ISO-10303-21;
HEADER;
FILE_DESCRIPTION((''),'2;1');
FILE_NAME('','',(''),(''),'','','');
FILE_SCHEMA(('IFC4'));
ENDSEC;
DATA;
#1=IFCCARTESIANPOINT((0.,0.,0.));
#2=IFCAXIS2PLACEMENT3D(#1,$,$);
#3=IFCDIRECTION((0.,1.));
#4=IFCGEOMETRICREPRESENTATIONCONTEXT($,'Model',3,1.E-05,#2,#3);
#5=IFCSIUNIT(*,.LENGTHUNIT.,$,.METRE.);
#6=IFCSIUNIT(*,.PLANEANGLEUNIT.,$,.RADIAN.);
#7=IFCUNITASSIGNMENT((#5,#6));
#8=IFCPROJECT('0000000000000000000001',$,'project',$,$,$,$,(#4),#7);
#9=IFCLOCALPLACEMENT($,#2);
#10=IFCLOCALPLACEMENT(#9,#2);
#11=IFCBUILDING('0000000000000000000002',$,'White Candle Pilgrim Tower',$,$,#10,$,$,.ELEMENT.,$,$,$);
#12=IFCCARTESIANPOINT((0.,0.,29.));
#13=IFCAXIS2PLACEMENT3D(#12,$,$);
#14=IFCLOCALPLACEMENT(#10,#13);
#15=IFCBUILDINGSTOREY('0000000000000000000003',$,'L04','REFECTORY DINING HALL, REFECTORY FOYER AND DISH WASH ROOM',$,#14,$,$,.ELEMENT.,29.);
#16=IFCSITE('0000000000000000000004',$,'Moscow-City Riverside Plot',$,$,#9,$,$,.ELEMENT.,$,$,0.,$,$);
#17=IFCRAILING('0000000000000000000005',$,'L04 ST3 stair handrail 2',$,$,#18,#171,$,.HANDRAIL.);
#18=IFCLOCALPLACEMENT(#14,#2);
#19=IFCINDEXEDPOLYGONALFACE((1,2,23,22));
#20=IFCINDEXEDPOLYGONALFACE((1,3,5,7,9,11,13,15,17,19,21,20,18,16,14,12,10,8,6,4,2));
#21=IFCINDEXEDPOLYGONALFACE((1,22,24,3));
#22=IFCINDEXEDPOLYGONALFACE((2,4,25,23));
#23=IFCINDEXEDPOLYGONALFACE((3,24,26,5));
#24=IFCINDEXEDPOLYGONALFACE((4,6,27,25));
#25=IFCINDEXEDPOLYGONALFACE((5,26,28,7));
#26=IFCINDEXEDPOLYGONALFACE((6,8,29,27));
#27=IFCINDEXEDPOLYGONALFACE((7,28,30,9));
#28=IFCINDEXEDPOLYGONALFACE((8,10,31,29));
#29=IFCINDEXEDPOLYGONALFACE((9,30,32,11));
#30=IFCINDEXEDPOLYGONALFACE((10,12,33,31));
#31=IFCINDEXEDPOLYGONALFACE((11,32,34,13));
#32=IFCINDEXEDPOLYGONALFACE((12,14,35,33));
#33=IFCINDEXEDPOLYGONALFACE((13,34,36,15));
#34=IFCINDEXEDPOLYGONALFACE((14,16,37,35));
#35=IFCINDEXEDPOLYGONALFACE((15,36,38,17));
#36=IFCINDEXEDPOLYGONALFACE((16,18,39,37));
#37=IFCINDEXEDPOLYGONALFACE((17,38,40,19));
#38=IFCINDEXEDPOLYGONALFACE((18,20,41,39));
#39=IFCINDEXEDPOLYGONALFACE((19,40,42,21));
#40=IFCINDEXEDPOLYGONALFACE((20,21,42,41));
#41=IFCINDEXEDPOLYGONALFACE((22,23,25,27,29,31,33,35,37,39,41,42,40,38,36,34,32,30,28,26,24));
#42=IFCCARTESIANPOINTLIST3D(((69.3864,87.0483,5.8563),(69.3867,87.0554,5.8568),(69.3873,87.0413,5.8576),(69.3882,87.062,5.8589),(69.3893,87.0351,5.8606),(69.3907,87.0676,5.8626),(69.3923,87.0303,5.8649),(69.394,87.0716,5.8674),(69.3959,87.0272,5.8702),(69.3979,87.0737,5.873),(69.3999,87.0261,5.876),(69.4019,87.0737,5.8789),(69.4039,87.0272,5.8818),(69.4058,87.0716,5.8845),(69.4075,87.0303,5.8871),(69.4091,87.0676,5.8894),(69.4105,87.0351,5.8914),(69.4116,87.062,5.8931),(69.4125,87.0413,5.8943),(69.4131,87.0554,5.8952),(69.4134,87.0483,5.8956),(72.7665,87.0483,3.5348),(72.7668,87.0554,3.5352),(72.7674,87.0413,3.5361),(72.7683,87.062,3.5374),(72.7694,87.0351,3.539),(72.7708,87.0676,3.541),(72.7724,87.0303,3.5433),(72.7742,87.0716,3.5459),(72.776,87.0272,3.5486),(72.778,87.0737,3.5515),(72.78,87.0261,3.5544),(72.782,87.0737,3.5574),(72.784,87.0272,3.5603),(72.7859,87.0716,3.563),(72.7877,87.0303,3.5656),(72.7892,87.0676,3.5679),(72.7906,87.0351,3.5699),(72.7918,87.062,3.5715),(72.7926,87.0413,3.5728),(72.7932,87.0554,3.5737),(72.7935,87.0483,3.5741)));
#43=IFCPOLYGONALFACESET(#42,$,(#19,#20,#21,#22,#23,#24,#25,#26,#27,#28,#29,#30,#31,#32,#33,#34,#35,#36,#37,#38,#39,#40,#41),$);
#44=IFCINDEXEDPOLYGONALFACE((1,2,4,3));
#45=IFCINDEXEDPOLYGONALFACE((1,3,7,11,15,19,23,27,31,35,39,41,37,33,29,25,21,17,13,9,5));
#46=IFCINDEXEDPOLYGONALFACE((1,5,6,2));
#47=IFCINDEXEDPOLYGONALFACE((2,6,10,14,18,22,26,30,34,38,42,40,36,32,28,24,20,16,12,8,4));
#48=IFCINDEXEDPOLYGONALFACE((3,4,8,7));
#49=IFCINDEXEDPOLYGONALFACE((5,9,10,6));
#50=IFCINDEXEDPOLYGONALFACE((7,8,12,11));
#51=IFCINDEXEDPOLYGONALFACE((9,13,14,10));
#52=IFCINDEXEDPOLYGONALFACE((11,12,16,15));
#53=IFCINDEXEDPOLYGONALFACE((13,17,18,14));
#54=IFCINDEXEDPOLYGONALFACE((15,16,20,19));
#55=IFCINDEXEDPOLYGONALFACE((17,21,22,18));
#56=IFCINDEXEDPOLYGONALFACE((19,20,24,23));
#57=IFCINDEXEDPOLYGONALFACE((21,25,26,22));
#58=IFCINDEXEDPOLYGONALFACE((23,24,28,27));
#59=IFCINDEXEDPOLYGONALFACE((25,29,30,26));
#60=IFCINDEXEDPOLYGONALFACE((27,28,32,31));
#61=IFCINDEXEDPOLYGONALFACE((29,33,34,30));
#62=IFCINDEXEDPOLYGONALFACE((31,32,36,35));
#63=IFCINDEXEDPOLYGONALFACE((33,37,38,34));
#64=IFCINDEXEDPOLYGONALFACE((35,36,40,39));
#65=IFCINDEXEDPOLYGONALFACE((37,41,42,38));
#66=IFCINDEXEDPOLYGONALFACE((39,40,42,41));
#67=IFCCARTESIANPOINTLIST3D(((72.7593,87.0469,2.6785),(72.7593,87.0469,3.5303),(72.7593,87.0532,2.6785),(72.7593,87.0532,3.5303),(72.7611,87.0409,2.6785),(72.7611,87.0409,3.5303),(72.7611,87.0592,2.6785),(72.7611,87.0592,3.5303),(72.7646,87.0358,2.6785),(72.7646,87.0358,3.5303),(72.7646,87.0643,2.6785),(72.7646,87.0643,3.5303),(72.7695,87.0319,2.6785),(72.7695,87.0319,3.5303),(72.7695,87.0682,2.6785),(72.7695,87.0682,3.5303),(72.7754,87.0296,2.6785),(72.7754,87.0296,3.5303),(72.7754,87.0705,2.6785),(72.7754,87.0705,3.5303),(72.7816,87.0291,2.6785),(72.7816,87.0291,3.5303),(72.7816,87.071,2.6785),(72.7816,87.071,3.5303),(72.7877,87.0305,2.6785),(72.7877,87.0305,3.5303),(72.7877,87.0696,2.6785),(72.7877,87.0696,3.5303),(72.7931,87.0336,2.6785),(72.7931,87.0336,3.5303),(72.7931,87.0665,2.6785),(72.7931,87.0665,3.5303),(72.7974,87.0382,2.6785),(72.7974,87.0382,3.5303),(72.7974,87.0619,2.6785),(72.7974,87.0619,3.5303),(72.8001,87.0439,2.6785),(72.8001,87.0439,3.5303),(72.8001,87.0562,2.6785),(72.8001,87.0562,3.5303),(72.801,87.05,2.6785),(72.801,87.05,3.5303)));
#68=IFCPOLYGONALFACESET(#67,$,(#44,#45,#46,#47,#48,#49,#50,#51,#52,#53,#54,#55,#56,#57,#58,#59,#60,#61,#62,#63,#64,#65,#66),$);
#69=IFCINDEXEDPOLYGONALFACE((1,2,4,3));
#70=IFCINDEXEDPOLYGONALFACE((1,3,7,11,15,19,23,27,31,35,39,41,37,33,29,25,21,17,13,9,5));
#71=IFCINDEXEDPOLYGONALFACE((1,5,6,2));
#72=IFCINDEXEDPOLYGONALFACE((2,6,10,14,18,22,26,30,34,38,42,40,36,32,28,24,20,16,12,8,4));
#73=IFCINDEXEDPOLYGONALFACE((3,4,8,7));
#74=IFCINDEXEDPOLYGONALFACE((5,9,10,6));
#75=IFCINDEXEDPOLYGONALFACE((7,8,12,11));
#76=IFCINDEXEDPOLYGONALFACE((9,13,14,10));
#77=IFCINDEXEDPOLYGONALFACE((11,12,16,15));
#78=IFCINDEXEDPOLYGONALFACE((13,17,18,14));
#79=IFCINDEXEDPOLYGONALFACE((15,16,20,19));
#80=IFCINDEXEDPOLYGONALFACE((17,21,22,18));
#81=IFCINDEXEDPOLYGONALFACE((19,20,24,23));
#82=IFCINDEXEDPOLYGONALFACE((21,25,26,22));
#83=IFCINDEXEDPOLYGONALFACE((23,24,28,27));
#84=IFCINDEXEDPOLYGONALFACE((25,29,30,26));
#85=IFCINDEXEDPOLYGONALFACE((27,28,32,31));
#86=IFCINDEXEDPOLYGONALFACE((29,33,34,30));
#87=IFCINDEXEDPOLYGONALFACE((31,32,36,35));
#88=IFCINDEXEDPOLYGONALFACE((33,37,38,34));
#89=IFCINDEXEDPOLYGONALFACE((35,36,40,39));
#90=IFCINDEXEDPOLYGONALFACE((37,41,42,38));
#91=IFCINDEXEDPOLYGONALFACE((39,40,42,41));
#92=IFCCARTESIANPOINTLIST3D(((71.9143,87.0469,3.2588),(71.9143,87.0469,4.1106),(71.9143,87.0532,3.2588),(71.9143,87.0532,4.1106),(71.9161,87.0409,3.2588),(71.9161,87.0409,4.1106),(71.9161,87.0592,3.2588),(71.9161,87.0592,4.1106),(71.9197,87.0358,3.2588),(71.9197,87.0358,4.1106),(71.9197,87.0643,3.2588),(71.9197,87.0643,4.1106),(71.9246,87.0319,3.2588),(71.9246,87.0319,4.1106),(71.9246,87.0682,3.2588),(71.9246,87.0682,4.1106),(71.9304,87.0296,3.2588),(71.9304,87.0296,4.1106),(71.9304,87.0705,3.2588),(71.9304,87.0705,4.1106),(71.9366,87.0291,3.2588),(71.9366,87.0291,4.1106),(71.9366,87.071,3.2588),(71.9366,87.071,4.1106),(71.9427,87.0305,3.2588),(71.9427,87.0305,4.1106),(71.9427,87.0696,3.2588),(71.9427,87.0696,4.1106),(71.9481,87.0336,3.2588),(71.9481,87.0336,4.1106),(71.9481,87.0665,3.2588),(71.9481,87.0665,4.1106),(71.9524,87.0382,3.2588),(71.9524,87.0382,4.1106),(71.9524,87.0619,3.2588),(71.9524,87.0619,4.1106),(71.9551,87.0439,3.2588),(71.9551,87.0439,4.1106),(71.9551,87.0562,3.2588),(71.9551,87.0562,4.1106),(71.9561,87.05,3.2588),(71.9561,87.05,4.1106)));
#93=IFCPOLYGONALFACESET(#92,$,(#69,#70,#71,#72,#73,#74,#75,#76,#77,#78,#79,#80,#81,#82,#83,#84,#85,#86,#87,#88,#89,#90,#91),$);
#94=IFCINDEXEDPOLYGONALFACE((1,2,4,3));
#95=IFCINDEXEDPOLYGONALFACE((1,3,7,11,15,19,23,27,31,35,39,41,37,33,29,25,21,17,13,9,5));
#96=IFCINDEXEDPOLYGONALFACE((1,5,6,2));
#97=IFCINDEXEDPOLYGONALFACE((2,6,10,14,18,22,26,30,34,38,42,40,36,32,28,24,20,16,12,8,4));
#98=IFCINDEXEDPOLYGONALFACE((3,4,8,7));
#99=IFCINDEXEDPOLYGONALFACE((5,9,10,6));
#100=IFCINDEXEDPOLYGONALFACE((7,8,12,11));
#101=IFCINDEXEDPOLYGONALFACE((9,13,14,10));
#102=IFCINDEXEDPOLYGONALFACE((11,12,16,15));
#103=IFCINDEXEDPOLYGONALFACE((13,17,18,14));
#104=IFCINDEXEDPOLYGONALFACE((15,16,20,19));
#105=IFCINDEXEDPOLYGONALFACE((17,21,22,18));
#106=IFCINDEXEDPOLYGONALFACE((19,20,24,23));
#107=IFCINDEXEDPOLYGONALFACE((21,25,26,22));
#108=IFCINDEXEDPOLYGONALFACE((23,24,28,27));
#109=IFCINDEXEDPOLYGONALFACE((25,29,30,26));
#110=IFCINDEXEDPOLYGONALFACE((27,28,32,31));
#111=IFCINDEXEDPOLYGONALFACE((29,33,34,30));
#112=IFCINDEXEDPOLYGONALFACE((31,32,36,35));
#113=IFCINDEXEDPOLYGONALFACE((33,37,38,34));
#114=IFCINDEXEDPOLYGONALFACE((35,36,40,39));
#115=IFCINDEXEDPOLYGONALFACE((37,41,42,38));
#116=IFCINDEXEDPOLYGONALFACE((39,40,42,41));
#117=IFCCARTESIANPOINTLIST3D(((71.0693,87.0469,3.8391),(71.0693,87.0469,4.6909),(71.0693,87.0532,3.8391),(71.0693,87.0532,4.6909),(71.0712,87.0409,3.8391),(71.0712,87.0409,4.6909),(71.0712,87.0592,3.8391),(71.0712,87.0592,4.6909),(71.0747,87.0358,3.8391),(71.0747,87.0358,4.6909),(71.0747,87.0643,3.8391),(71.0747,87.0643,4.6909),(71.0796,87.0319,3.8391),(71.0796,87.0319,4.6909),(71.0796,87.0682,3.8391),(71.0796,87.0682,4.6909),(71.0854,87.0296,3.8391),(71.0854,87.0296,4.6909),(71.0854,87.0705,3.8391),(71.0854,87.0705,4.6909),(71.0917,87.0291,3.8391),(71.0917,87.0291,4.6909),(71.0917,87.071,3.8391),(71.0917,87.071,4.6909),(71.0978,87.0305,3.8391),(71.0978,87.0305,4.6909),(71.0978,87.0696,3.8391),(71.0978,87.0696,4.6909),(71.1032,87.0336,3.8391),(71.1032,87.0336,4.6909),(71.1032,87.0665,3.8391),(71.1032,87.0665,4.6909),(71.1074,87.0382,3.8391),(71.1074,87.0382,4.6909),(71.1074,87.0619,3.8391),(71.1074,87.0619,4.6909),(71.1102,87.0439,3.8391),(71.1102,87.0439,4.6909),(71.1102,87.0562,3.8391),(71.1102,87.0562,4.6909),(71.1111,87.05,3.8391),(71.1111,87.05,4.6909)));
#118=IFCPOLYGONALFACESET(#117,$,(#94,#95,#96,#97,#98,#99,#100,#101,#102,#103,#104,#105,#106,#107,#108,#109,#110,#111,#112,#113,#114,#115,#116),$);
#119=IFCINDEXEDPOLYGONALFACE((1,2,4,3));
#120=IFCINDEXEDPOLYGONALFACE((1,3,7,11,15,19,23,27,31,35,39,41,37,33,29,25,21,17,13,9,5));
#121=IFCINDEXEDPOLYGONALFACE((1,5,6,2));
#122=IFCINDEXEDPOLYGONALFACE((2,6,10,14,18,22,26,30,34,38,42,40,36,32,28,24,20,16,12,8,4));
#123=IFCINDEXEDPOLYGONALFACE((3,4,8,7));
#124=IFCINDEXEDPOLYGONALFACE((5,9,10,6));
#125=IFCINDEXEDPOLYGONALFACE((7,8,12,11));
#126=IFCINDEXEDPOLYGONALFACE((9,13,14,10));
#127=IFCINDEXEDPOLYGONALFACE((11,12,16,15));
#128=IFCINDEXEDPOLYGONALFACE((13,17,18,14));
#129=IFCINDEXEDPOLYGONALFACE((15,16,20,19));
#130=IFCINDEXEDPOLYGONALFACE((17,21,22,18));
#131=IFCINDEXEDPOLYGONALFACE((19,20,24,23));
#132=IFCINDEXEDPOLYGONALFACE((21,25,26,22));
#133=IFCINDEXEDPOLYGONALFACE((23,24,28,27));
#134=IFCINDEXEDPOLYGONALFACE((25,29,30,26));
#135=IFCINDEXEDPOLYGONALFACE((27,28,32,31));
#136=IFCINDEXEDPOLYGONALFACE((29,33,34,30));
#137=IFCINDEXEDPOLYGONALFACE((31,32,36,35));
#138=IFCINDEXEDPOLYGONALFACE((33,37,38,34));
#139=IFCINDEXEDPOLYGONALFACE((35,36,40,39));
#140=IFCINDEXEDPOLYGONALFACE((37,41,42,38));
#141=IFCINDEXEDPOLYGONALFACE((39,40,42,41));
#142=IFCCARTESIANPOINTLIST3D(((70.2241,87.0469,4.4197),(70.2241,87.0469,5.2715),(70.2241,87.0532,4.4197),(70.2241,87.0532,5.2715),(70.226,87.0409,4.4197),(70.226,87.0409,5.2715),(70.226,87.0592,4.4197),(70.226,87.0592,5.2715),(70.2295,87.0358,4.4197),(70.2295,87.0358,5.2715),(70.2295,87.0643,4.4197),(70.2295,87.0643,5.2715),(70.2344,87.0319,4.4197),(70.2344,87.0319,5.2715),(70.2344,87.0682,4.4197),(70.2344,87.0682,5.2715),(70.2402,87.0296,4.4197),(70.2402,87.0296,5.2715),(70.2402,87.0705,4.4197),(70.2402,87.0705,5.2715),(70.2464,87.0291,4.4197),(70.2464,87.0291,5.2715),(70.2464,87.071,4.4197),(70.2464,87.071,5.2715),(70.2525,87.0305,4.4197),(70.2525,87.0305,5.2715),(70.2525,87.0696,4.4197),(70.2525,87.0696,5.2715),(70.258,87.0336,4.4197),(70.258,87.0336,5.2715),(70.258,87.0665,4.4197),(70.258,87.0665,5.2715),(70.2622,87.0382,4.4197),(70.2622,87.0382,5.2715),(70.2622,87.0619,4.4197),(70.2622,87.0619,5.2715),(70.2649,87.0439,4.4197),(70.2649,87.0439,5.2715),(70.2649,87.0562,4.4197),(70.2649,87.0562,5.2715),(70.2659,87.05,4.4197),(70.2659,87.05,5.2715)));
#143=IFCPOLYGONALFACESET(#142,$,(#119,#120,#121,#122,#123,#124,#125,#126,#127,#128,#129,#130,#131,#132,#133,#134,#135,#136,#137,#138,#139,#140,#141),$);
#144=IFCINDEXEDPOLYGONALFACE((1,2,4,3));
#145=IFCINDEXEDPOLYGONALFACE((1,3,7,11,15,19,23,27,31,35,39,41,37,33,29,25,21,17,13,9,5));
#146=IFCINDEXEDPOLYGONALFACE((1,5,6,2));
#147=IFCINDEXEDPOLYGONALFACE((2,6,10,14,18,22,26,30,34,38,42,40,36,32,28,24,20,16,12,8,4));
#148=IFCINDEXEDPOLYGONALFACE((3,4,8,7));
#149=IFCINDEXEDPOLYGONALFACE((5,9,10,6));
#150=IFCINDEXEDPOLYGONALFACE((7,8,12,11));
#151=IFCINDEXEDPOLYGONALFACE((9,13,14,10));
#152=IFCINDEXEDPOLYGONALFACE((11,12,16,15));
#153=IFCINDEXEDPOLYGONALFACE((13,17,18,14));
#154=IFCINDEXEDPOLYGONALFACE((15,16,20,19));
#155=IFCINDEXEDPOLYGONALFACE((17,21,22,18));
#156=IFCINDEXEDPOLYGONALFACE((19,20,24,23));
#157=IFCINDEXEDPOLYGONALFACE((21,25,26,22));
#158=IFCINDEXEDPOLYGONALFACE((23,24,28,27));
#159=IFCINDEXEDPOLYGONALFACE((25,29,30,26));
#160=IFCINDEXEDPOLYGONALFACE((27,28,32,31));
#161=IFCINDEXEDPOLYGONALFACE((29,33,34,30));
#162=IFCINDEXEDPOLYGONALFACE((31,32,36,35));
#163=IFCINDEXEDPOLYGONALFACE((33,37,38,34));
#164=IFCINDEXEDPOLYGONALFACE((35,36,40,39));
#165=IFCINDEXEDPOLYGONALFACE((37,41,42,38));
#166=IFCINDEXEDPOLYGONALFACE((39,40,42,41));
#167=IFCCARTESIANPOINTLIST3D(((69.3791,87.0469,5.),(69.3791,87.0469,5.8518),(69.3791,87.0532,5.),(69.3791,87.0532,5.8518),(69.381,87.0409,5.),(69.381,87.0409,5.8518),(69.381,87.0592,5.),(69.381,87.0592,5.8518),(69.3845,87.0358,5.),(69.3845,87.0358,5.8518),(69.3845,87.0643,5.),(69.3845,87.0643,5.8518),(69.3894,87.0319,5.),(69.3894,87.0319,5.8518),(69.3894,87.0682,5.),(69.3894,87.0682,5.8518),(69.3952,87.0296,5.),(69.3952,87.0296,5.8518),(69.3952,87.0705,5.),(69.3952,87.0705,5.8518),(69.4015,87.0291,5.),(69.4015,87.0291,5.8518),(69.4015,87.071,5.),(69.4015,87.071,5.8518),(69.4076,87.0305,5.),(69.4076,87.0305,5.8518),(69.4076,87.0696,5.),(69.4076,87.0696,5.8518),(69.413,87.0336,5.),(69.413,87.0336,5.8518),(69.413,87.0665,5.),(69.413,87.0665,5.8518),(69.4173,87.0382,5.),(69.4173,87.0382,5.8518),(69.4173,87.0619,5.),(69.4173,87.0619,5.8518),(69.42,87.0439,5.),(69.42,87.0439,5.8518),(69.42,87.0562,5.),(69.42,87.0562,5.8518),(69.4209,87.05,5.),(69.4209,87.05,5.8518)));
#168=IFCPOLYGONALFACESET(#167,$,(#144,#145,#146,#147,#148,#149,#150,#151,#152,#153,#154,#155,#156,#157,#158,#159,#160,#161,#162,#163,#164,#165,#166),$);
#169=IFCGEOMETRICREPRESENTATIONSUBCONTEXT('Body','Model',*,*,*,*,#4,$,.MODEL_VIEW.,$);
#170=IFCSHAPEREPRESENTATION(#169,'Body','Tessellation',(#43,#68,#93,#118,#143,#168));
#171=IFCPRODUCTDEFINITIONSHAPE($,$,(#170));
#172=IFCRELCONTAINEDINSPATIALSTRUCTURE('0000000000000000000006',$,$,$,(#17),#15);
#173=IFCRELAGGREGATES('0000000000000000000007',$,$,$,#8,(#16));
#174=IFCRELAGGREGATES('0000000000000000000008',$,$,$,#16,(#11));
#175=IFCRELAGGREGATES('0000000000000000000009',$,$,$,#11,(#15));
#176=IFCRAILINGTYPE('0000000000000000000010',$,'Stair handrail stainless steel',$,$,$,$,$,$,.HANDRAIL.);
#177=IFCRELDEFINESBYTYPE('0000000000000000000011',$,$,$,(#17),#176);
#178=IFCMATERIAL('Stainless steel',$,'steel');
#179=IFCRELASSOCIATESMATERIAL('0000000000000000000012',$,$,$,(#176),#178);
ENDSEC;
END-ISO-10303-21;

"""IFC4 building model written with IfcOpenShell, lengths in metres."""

from ifc_helpers import new_model, si_unit, direction, frame, origin, origin_2d, place, context, subcontext, project, spatial, circle, extrude, material, type_object, element, save


model = new_model("IFC4")

# Units and contexts
model_context = context("Model", 3, precision=1e-05, world=origin(), true_north=direction((0.0, 1.0)))
body_context = subcontext(model_context, "Body", "Model", "MODEL_VIEW")
ifc_project = project(units=[si_unit("LENGTHUNIT", "METRE"), si_unit("PLANEANGLEUNIT", "RADIAN")], contexts=[model_context])

# Site, building, storey
site_placement = place(None, origin())
site = spatial("IfcSite", under=ifc_project, at=site_placement, Name="Moscow-City Riverside Plot", CompositionType="ELEMENT", RefElevation=0.0)
building_placement = place(site_placement, origin())
building = spatial("IfcBuilding", under=site, at=building_placement, Name="White Candle Pilgrim Tower", CompositionType="ELEMENT")
storey_placement = place(building_placement, frame((0.0, 0.0, 29.0)))
storey = spatial("IfcBuildingStorey", under=building, at=storey_placement, Name="L04", Description="REFECTORY DINING HALL, REFECTORY FOYER AND DISH WASH ROOM", CompositionType="ELEMENT", Elevation=29.0)

# Railing
ifc_material_1 = material(Name="Stainless steel", Category="steel")
railing_type_1 = type_object("IfcRailingType", Name="Stair handrail stainless steel", PredefinedType="HANDRAIL", material=ifc_material_1)
railing_1_placement = place(storey_placement, frame((72.78, 87.05, 2.6785)))
element("IfcRailing", 1, at=railing_1_placement, inside=storey, type_object=railing_type_1, Name="L04 ST3 stair handrail 2", PredefinedType="HANDRAIL", context=body_context, shape_type="SweptSolid", body=[
    extrude(circle(Radius=0.0239, at=origin_2d()), frame((0.0, 0.0, 0.876), z_axis=(-0.824304, 0.0, 0.566147), x_axis=(0.0, -1.0, 0.0)), (0.0, 0.0, 1.0), 4.1006),
    extrude(circle(Radius=0.021, at=origin_2d()), origin(), (0.0, 0.0, 1.0), 0.8518),
    extrude(circle(Radius=0.021, at=origin_2d()), frame((-0.845, 0.0, 0.5803)), (0.0, 0.0, 1.0), 0.8518),
    extrude(circle(Radius=0.021, at=origin_2d()), frame((-1.6899, 0.0, 1.1606)), (0.0, 0.0, 1.0), 0.8518),
    extrude(circle(Radius=0.021, at=origin_2d()), frame((-2.5352, 0.0, 1.7412)), (0.0, 0.0, 1.0), 0.8518),
    extrude(circle(Radius=0.021, at=origin_2d()), frame((-3.3801, 0.0, 2.3215)), (0.0, 0.0, 1.0), 0.8518),
])

save(model, "model.ifc")
